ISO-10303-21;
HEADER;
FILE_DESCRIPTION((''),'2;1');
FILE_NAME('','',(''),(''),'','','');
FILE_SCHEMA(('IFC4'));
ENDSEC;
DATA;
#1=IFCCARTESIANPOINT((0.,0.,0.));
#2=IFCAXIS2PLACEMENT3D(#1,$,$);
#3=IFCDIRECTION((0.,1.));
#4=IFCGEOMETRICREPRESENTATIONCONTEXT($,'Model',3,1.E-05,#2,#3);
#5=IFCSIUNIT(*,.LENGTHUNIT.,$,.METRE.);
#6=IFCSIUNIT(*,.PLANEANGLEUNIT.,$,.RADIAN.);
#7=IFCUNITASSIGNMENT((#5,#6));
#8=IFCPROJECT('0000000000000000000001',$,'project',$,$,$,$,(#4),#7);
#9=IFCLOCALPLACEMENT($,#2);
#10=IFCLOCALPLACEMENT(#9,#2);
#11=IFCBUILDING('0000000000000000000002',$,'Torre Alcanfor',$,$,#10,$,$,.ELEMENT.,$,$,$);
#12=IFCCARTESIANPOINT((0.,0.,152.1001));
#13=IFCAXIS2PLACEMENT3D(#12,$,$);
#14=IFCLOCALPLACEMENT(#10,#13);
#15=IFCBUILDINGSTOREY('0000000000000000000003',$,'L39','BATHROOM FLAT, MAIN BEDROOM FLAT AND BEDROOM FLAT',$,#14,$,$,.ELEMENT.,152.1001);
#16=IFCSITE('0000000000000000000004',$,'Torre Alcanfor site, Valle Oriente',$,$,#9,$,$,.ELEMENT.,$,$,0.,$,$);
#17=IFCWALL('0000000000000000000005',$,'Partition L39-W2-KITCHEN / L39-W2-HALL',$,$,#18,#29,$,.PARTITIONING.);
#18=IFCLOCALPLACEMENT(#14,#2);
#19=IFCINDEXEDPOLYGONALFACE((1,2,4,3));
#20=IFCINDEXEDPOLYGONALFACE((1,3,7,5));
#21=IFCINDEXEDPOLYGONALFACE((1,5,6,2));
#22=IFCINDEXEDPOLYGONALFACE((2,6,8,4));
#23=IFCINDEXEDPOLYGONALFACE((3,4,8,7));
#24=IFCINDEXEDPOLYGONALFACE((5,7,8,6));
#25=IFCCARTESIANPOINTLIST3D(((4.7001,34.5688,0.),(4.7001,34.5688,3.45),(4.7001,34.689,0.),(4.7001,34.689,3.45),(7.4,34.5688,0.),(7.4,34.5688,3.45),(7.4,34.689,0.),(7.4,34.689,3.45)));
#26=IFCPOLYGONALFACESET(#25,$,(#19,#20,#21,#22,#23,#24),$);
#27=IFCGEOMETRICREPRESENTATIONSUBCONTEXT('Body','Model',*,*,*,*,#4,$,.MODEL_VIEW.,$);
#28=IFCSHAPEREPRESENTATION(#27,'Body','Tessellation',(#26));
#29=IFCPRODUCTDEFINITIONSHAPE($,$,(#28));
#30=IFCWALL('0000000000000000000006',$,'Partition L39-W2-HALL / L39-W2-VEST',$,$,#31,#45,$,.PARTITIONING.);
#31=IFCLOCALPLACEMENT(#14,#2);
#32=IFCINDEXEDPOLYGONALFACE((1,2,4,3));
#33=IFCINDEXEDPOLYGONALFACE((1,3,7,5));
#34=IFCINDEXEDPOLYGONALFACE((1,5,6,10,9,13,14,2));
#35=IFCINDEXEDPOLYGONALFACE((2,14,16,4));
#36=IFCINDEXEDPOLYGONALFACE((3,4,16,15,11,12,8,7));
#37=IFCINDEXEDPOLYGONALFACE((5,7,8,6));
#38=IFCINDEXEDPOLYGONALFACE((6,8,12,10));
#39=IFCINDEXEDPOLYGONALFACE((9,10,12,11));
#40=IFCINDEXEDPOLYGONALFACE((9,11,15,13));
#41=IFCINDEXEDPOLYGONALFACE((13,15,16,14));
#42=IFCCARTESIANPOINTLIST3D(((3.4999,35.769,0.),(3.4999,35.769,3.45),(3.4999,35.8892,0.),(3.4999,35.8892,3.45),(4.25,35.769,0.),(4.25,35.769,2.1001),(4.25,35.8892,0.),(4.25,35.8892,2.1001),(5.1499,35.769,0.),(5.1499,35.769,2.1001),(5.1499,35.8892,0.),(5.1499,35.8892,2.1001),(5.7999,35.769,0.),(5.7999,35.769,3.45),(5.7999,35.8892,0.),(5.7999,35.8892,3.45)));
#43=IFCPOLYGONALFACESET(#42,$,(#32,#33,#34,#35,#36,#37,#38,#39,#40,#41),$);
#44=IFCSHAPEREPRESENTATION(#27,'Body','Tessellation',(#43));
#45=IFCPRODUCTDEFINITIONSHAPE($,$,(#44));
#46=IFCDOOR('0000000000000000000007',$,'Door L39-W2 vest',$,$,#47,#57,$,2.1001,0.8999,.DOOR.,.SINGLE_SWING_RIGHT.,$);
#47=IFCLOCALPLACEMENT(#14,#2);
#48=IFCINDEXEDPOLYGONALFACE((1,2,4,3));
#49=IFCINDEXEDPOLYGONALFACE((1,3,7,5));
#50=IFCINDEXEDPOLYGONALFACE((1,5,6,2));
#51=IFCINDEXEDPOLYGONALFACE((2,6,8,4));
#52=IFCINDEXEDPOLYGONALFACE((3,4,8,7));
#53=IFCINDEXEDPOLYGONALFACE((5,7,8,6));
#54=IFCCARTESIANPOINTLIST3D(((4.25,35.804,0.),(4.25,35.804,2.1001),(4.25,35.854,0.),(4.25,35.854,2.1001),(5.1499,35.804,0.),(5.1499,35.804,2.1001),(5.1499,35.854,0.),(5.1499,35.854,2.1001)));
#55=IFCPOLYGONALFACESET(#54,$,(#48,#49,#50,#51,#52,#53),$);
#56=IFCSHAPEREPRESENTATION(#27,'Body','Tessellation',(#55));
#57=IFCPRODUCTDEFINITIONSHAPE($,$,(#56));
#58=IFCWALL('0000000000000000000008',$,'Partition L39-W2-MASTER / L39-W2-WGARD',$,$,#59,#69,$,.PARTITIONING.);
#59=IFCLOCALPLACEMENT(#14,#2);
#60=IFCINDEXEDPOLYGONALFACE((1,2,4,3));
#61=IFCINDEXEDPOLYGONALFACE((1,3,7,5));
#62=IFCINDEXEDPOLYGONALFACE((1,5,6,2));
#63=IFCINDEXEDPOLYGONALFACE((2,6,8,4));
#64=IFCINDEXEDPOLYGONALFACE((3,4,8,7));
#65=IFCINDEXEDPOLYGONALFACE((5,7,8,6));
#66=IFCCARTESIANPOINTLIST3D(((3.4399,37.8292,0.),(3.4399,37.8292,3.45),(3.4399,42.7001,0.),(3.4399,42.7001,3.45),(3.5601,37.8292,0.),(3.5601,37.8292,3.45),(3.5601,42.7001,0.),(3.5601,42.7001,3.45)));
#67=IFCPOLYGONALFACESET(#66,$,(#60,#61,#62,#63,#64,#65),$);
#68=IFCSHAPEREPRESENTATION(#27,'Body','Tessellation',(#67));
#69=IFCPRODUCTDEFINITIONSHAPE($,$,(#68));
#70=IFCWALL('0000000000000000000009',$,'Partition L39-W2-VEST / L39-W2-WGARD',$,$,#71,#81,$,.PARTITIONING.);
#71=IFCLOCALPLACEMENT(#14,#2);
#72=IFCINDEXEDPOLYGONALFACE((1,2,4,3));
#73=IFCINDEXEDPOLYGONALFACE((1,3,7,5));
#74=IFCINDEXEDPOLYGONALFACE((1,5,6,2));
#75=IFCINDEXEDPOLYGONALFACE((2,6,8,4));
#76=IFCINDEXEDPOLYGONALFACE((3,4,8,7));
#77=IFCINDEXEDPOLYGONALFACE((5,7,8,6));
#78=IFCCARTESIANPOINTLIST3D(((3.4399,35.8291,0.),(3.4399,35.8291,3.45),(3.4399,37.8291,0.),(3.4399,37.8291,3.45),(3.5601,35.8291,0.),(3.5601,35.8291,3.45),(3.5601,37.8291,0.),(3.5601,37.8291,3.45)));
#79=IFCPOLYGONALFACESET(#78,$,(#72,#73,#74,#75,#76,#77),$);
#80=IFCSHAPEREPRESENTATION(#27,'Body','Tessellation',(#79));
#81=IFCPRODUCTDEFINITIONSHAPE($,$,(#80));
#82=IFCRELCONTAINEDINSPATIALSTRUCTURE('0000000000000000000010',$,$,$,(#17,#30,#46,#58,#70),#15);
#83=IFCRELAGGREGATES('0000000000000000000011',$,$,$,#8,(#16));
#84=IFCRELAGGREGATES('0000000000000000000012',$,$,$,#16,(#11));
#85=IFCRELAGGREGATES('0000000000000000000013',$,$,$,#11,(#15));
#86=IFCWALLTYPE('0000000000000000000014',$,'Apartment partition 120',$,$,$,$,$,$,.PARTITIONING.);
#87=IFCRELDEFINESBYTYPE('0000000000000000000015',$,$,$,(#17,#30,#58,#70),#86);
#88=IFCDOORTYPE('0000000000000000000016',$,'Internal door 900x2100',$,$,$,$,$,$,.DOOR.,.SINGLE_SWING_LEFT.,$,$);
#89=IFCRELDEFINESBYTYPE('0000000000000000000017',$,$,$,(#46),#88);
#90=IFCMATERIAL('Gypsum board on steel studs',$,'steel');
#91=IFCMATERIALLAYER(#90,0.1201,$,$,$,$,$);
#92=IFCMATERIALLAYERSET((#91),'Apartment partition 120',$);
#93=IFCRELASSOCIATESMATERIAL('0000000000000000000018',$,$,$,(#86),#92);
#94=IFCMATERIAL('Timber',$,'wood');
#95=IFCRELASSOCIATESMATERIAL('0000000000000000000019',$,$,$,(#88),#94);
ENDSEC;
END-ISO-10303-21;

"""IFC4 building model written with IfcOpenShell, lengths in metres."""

from ifc_helpers import new_model, si_unit, direction, frame, frame_2d, origin, place, context, subcontext, project, spatial, rectangle, extrude, material, layer, layer_set, type_object, element, fill, save


model = new_model("IFC4")

# Units and contexts
model_context = context("Model", 3, precision=1e-05, world=origin(), true_north=direction((0.0, 1.0)))
body_context = subcontext(model_context, "Body", "Model", "MODEL_VIEW")
ifc_project = project(units=[si_unit("LENGTHUNIT", "METRE"), si_unit("PLANEANGLEUNIT", "RADIAN")], contexts=[model_context])

# Site, building, storey
site_placement = place(None, origin())
site = spatial("IfcSite", under=ifc_project, at=site_placement, Name="Torre Alcanfor site, Valle Oriente", CompositionType="ELEMENT", RefElevation=0.0)
building_placement = place(site_placement, origin())
building = spatial("IfcBuilding", under=site, at=building_placement, Name="Torre Alcanfor", CompositionType="ELEMENT")
storey_placement = place(building_placement, frame((0.0, 0.0, 152.1001)))
storey = spatial("IfcBuildingStorey", under=building, at=storey_placement, Name="L39", Description="BATHROOM FLAT, MAIN BEDROOM FLAT AND BEDROOM FLAT", CompositionType="ELEMENT", Elevation=152.1001)

# Wall
ifc_material_1 = material(Name="Gypsum board on steel studs", Category="steel")
ifc_layer_1 = layer(ifc_material_1, 0.1201)
ifc_layer_set_1 = layer_set([ifc_layer_1], Name="Apartment partition 120")
wall_type_1 = type_object("IfcWallType", Name="Apartment partition 120", PredefinedType="PARTITIONING", material=ifc_layer_set_1)
wall_1_placement = place(storey_placement, frame((4.7, 34.6289, 0.0), z_axis=(0.0, 0.0, 1.0), x_axis=(1.0, 0.0, 0.0)))
element("IfcWall", 1, at=wall_1_placement, inside=storey, type_object=wall_type_1, Name="Partition L39-W2-KITCHEN / L39-W2-HALL", PredefinedType="PARTITIONING", context=body_context, shape_type="SweptSolid", body=[
    extrude(rectangle(XDim=2.7, YDim=0.1201, at=frame_2d((1.3501, 0.0))), origin(), (0.0, 0.0, 1.0), 3.45),
])

# Wall, opening, door
wall_2_placement = place(storey_placement, frame((3.5, 35.8291, 0.0), z_axis=(0.0, 0.0, 1.0), x_axis=(1.0, 0.0, 0.0)))
wall_2 = element("IfcWall", 2, at=wall_2_placement, inside=storey, type_object=wall_type_1, Name="Partition L39-W2-HALL / L39-W2-VEST", PredefinedType="PARTITIONING", context=body_context, shape_type="SweptSolid", body=[
    extrude(rectangle(XDim=2.3, YDim=0.1201, at=frame_2d((1.1499, 0.0))), origin(), (0.0, 0.0, 1.0), 3.45),
])
opening_placement = place(wall_2_placement, frame((0.75, 0.0, 0.0)))
opening = element("IfcOpeningElement", 3, at=opening_placement, cuts=wall_2, PredefinedType="OPENING", context=body_context, shape_type="SweptSolid", body=[
    extrude(rectangle(XDim=0.8999, YDim=2.1001, at=frame_2d((0.45, 1.05))), frame((0.0, 0.0701, 0.0), z_axis=(0.0, -1.0, 0.0), x_axis=(1.0, 0.0, 0.0)), (0.0, 0.0, 1.0), 0.1401),
])
ifc_material_2 = material(Name="Timber", Category="wood")
door_type = type_object("IfcDoorType", Name="Internal door 900x2100", OperationType="SINGLE_SWING_LEFT", PredefinedType="DOOR", material=ifc_material_2)
door_placement = place(opening_placement, origin())
door = element("IfcDoor", 4, at=door_placement, inside=storey, type_object=door_type, Name="Door L39-W2 vest", OperationType="SINGLE_SWING_RIGHT", OverallHeight=2.1001, OverallWidth=0.8999, PredefinedType="DOOR", context=body_context, shape_type="SweptSolid", body=[
    extrude(rectangle(XDim=0.8999, YDim=2.1001, at=frame_2d((0.45, 1.05))), frame((0.0, 0.0249, 0.0), z_axis=(0.0, -1.0, 0.0), x_axis=(1.0, 0.0, 0.0)), (0.0, 0.0, 1.0), 0.05),
])
fill(opening, door)

# Walls
wall_3_placement = place(storey_placement, frame((3.5, 37.8291, 0.0), z_axis=(0.0, 0.0, 1.0), x_axis=(0.0, 1.0, 0.0)))
element("IfcWall", 5, at=wall_3_placement, inside=storey, type_object=wall_type_1, Name="Partition L39-W2-MASTER / L39-W2-WGARD", PredefinedType="PARTITIONING", context=body_context, shape_type="SweptSolid", body=[
    extrude(rectangle(XDim=4.8708, YDim=0.1201, at=frame_2d((2.4355, 0.0))), origin(), (0.0, 0.0, 1.0), 3.45),
])
wall_4_placement = place(storey_placement, frame((3.5, 35.8291, 0.0), z_axis=(0.0, 0.0, 1.0), x_axis=(0.0, 1.0, 0.0)))
element("IfcWall", 6, at=wall_4_placement, inside=storey, type_object=wall_type_1, Name="Partition L39-W2-VEST / L39-W2-WGARD", PredefinedType="PARTITIONING", context=body_context, shape_type="SweptSolid", body=[
    extrude(rectangle(XDim=2.0, YDim=0.1201, at=frame_2d((1.0, 0.0))), origin(), (0.0, 0.0, 1.0), 3.45),
])

save(model, "model.ifc")
